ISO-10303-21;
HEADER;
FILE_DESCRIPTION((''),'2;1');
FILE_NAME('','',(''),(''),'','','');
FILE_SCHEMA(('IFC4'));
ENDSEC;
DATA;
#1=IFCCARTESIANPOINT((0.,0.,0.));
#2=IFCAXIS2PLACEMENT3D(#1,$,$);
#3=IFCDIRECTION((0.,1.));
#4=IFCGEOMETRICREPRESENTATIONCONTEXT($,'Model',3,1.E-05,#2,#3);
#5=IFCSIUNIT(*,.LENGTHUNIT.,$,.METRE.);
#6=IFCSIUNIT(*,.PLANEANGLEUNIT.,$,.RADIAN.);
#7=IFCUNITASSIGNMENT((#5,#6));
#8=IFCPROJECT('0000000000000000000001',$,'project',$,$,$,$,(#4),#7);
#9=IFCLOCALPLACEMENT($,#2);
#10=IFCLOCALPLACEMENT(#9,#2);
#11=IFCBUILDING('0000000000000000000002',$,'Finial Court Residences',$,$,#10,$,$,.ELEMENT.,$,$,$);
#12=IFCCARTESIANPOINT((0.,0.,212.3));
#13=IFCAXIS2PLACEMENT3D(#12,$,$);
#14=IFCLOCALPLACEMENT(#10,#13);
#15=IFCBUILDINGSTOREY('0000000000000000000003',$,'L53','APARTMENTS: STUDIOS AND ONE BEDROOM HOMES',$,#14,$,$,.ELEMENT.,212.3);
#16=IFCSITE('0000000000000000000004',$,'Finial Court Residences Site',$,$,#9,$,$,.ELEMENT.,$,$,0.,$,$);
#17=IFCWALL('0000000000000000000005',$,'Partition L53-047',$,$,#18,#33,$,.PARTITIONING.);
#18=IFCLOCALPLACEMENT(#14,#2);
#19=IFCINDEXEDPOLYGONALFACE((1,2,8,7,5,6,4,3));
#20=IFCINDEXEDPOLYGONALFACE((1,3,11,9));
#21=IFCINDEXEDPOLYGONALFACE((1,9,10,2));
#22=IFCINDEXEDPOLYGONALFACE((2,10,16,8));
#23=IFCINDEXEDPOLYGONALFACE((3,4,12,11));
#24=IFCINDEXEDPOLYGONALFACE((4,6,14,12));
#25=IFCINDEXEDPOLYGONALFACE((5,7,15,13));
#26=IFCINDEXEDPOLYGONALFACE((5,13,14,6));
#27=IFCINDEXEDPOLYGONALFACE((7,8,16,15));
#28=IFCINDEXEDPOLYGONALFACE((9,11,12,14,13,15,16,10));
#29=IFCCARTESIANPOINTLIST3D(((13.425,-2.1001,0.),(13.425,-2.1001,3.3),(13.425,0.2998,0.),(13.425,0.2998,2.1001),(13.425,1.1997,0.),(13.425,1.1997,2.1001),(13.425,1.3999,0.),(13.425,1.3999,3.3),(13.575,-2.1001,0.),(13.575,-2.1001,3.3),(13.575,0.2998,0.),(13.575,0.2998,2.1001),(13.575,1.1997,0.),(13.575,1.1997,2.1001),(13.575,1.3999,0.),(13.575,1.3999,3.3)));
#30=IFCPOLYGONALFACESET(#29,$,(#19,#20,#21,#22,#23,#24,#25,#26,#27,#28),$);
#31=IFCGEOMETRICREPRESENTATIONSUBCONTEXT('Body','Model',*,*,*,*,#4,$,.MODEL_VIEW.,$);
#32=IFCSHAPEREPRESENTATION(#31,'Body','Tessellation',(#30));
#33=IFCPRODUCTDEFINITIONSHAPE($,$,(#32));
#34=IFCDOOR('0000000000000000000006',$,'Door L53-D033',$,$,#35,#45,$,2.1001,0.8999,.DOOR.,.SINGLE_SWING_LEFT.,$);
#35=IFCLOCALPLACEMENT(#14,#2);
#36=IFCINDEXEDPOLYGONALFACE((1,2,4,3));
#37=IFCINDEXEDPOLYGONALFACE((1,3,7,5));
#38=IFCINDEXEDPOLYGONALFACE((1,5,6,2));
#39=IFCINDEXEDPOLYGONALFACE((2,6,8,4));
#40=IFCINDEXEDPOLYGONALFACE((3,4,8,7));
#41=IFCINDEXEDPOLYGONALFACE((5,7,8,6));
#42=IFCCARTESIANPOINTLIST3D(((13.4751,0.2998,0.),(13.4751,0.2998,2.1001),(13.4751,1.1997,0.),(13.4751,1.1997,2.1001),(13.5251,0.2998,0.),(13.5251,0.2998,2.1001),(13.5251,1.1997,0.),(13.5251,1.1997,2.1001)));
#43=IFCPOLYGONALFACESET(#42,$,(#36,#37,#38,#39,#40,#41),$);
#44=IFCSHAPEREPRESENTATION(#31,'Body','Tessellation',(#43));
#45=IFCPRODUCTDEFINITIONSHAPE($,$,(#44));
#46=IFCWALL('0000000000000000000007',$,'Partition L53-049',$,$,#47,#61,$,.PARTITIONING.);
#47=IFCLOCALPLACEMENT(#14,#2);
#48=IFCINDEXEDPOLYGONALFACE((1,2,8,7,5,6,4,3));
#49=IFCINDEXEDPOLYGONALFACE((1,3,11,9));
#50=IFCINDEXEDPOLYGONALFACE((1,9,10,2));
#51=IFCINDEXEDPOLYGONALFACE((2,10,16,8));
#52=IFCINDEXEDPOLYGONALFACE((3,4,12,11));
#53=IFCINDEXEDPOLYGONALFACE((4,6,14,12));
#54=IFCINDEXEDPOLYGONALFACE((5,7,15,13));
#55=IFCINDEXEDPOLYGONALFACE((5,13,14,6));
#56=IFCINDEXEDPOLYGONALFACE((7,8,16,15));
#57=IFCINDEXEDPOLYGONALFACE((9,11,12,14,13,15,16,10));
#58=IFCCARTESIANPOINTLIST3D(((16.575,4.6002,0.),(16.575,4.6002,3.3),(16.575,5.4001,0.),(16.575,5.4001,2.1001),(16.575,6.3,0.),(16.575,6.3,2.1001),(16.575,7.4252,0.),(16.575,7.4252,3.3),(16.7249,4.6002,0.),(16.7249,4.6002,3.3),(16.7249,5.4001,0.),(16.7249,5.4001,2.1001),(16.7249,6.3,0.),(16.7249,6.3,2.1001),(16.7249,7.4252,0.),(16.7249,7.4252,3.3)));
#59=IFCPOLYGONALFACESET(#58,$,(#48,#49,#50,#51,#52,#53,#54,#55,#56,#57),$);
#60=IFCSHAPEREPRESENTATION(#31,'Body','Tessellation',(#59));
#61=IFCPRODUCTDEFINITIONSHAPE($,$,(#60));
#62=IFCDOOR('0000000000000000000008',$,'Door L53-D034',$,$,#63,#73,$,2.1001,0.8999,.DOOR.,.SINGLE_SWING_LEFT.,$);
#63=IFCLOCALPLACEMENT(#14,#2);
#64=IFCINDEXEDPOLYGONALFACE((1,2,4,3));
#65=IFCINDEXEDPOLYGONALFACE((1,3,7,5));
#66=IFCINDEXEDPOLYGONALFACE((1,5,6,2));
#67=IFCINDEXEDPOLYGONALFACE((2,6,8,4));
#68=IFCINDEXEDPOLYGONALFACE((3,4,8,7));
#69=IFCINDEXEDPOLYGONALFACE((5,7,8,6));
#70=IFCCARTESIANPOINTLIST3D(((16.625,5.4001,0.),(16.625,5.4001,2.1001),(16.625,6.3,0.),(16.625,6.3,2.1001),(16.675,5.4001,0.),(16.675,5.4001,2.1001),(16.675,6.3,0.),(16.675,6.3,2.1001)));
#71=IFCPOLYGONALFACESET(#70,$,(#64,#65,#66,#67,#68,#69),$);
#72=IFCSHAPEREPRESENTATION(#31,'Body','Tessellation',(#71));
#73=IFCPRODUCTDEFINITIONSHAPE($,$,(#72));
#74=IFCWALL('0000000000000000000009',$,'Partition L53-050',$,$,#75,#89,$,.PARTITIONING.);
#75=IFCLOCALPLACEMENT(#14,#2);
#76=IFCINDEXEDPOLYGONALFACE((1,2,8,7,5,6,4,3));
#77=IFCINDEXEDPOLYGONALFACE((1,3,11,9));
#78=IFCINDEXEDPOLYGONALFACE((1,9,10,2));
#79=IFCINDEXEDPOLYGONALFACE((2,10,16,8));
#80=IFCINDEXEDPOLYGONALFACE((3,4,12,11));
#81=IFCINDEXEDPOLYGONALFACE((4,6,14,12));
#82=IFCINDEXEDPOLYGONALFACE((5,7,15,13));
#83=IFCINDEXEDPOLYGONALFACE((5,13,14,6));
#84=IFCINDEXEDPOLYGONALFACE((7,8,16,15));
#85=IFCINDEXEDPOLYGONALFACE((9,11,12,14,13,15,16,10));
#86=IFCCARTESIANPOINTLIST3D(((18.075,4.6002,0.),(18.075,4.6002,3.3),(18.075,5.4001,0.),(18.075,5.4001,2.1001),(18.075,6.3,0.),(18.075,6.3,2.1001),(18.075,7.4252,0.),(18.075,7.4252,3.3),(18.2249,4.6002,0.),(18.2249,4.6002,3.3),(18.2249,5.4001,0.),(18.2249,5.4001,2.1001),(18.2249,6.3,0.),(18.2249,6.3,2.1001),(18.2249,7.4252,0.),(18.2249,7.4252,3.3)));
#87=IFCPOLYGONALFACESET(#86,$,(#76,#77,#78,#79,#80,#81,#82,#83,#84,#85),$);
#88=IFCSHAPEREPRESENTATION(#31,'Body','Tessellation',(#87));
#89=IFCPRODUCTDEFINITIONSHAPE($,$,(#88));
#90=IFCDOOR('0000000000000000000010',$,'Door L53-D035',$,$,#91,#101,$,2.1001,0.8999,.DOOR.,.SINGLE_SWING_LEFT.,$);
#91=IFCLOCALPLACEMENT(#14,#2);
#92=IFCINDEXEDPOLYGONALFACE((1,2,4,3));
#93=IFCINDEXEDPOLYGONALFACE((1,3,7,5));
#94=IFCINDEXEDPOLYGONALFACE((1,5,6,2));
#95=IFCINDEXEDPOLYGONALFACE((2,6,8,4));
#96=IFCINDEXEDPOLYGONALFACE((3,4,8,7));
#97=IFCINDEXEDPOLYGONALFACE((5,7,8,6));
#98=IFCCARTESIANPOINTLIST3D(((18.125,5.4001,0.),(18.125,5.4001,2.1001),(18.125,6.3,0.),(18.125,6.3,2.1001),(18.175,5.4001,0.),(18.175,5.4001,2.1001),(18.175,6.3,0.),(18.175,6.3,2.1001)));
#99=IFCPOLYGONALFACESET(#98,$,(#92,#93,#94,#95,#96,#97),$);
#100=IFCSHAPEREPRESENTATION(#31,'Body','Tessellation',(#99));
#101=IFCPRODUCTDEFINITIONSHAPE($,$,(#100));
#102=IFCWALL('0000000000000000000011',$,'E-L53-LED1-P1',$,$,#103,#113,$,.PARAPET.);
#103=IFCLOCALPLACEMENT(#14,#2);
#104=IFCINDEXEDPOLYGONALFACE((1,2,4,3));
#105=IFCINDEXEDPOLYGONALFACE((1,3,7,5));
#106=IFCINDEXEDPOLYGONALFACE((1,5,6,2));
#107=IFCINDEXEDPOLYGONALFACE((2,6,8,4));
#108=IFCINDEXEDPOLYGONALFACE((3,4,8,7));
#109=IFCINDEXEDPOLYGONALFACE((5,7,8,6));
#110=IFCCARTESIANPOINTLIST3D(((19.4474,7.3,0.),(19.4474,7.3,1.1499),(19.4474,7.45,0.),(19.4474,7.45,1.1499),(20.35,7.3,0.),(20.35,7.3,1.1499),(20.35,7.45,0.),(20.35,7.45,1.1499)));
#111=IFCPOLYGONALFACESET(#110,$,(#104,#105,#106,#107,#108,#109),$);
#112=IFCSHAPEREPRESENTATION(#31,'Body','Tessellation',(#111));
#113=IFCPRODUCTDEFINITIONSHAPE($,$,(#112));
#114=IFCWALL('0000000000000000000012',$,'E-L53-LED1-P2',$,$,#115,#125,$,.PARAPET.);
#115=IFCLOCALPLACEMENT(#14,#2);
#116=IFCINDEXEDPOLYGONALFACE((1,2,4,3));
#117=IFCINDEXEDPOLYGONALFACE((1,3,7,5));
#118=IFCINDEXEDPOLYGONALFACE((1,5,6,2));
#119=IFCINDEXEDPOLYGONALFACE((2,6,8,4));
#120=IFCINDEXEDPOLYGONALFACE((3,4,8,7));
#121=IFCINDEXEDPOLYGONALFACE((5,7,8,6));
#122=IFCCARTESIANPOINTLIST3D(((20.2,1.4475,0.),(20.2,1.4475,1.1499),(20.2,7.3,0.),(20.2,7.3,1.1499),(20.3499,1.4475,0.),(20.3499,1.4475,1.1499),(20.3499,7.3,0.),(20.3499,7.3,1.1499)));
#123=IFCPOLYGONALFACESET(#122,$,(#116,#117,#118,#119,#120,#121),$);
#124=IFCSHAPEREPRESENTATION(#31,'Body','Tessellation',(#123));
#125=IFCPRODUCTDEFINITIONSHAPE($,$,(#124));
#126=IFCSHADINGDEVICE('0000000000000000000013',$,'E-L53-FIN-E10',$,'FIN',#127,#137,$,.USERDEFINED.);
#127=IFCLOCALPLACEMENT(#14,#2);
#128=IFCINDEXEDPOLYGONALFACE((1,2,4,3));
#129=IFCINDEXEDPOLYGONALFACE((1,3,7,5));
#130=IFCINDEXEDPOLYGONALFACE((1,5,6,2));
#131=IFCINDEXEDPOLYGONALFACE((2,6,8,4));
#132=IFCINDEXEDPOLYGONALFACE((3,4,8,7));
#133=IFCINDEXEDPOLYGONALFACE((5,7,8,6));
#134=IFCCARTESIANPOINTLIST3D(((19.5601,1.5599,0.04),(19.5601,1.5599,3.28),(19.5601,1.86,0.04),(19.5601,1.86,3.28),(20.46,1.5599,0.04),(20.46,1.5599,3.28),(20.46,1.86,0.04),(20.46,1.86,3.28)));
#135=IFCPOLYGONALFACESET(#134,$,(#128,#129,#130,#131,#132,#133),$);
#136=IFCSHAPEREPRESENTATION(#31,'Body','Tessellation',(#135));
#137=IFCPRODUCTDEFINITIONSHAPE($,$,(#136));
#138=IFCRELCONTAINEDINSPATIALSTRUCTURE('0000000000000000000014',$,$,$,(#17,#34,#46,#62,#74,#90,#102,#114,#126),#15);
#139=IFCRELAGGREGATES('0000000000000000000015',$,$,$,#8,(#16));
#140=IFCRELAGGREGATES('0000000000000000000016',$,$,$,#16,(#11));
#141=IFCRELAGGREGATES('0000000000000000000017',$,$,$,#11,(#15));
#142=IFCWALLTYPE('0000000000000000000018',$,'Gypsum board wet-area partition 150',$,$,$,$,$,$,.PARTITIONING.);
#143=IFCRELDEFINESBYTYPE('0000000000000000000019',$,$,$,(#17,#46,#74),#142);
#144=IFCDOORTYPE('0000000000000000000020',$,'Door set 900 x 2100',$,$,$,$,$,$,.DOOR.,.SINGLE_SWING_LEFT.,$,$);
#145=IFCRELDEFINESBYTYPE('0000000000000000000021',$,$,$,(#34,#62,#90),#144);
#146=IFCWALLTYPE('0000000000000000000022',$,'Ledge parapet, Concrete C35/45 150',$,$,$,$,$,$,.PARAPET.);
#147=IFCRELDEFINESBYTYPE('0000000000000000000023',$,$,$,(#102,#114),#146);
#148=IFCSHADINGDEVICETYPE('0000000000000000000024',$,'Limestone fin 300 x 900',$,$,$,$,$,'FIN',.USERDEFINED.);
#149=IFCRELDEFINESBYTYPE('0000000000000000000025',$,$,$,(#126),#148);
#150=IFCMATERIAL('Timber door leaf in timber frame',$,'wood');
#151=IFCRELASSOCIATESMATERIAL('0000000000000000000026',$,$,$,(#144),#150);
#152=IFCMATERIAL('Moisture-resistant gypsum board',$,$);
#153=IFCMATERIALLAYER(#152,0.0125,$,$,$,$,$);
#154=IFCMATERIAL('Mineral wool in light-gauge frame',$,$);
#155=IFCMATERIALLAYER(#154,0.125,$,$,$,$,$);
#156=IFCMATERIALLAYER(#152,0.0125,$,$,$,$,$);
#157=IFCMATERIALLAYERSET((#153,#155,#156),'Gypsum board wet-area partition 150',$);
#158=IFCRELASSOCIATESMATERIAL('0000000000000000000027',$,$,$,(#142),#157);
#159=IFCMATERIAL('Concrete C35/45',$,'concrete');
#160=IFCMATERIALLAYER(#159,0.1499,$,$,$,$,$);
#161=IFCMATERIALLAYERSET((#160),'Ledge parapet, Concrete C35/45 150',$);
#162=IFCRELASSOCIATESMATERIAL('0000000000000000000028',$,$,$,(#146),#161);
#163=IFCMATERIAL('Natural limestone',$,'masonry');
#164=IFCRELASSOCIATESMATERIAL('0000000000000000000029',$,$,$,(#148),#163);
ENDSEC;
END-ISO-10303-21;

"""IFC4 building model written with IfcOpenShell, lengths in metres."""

from ifc_helpers import new_model, si_unit, direction, frame, frame_2d, origin, origin_2d, place, context, subcontext, project, spatial, rectangle, extrude, material, layer, layer_set, type_object, element, fill, save


model = new_model("IFC4")

# Units and contexts
model_context = context("Model", 3, precision=1e-05, world=origin(), true_north=direction((0.0, 1.0)))
body_context = subcontext(model_context, "Body", "Model", "MODEL_VIEW")
ifc_project = project(units=[si_unit("LENGTHUNIT", "METRE"), si_unit("PLANEANGLEUNIT", "RADIAN")], contexts=[model_context])

# Site, building, storey
site_placement = place(None, origin())
site = spatial("IfcSite", under=ifc_project, at=site_placement, Name="Finial Court Residences Site", CompositionType="ELEMENT", RefElevation=0.0)
building_placement = place(site_placement, origin())
building = spatial("IfcBuilding", under=site, at=building_placement, Name="Finial Court Residences", CompositionType="ELEMENT")
storey_placement = place(building_placement, frame((0.0, 0.0, 212.3)))
storey = spatial("IfcBuildingStorey", under=building, at=storey_placement, Name="L53", Description="APARTMENTS: STUDIOS AND ONE BEDROOM HOMES", CompositionType="ELEMENT", Elevation=212.3)

# Shared definitions
ifc_material_1 = material(Name="Mineral wool in light-gauge frame")
ifc_material_2 = material(Name="Timber door leaf in timber frame", Category="wood")
door_type = type_object("IfcDoorType", Name="Door set 900 x 2100", OperationType="SINGLE_SWING_LEFT", PredefinedType="DOOR", material=ifc_material_2)

# Shared definitions
ifc_material_3 = material(Name="Moisture-resistant gypsum board")
ifc_layer_1 = layer(ifc_material_3, 0.0125)
ifc_layer_2 = layer(ifc_material_1, 0.125)
ifc_layer_3 = layer(ifc_material_3, 0.0125)
ifc_layer_set_1 = layer_set([ifc_layer_1, ifc_layer_2, ifc_layer_3], Name="Gypsum board wet-area partition 150")
wall_type_1 = type_object("IfcWallType", Name="Gypsum board wet-area partition 150", PredefinedType="PARTITIONING", material=ifc_layer_set_1)

# Walls, openings, doors
wall_1_placement = place(storey_placement, frame((13.5, -2.1001, 0.0), z_axis=(0.0, 0.0, 1.0), x_axis=(0.0, 1.0, 0.0)))
wall_1 = element("IfcWall", 1, at=wall_1_placement, inside=storey, type_object=wall_type_1, Name="Partition L53-047", PredefinedType="PARTITIONING", context=body_context, shape_type="SweptSolid", body=[
    extrude(rectangle(XDim=3.5, YDim=0.1499, at=frame_2d((1.75, 0.0))), origin(), (0.0, 0.0, 1.0), 3.3),
])
opening_1_placement = place(wall_1_placement, frame((2.3999, 0.0, 0.0)))
opening_1 = element("IfcOpeningElement", 2, at=opening_1_placement, cuts=wall_1, PredefinedType="OPENING", context=body_context, shape_type="SweptSolid", body=[
    extrude(rectangle(XDim=0.8999, YDim=2.1001, at=frame_2d((0.45, 1.05))), frame((0.0, 0.085, 0.0), z_axis=(0.0, -1.0, 0.0), x_axis=(1.0, 0.0, 0.0)), (0.0, 0.0, 1.0), 0.1699),
])
door_1_placement = place(opening_1_placement, origin())
door_1 = element("IfcDoor", 3, at=door_1_placement, inside=storey, type_object=door_type, Name="Door L53-D033", OperationType="SINGLE_SWING_LEFT", OverallHeight=2.1001, OverallWidth=0.8999, PredefinedType="DOOR", context=body_context, shape_type="SweptSolid", body=[
    extrude(rectangle(XDim=0.8999, YDim=2.1001, at=frame_2d((0.45, 1.05))), frame((0.0, 0.0249, 0.0), z_axis=(0.0, -1.0, 0.0), x_axis=(1.0, 0.0, 0.0)), (0.0, 0.0, 1.0), 0.05),
])
fill(opening_1, door_1)
wall_2_placement = place(storey_placement, frame((16.6499, 4.6001, 0.0), z_axis=(0.0, 0.0, 1.0), x_axis=(0.0, 1.0, 0.0)))
wall_2 = element("IfcWall", 4, at=wall_2_placement, inside=storey, type_object=wall_type_1, Name="Partition L53-049", PredefinedType="PARTITIONING", context=body_context, shape_type="SweptSolid", body=[
    extrude(rectangle(XDim=2.825, YDim=0.1499, at=frame_2d((1.4126, 0.0))), origin(), (0.0, 0.0, 1.0), 3.3),
])
opening_2_placement = place(wall_2_placement, frame((0.8, 0.0, 0.0)))
opening_2 = element("IfcOpeningElement", 5, at=opening_2_placement, cuts=wall_2, PredefinedType="OPENING", context=body_context, shape_type="SweptSolid", body=[
    extrude(rectangle(XDim=0.8999, YDim=2.1001, at=frame_2d((0.45, 1.05))), frame((0.0, 0.085, 0.0), z_axis=(0.0, -1.0, 0.0), x_axis=(1.0, 0.0, 0.0)), (0.0, 0.0, 1.0), 0.1699),
])
door_2_placement = place(opening_2_placement, origin())
door_2 = element("IfcDoor", 6, at=door_2_placement, inside=storey, type_object=door_type, Name="Door L53-D034", OperationType="SINGLE_SWING_LEFT", OverallHeight=2.1001, OverallWidth=0.8999, PredefinedType="DOOR", context=body_context, shape_type="SweptSolid", body=[
    extrude(rectangle(XDim=0.8999, YDim=2.1001, at=frame_2d((0.45, 1.05))), frame((0.0, 0.0249, 0.0), z_axis=(0.0, -1.0, 0.0), x_axis=(1.0, 0.0, 0.0)), (0.0, 0.0, 1.0), 0.05),
])
fill(opening_2, door_2)
wall_3_placement = place(storey_placement, frame((18.1499, 4.6001, 0.0), z_axis=(0.0, 0.0, 1.0), x_axis=(0.0, 1.0, 0.0)))
wall_3 = element("IfcWall", 7, at=wall_3_placement, inside=storey, type_object=wall_type_1, Name="Partition L53-050", PredefinedType="PARTITIONING", context=body_context, shape_type="SweptSolid", body=[
    extrude(rectangle(XDim=2.825, YDim=0.1499, at=frame_2d((1.4126, 0.0))), origin(), (0.0, 0.0, 1.0), 3.3),
])
opening_3_placement = place(wall_3_placement, frame((0.8, 0.0, 0.0)))
opening_3 = element("IfcOpeningElement", 8, at=opening_3_placement, cuts=wall_3, PredefinedType="OPENING", context=body_context, shape_type="SweptSolid", body=[
    extrude(rectangle(XDim=0.8999, YDim=2.1001, at=frame_2d((0.45, 1.05))), frame((0.0, 0.085, 0.0), z_axis=(0.0, -1.0, 0.0), x_axis=(1.0, 0.0, 0.0)), (0.0, 0.0, 1.0), 0.1699),
])
door_3_placement = place(opening_3_placement, origin())
door_3 = element("IfcDoor", 9, at=door_3_placement, inside=storey, type_object=door_type, Name="Door L53-D035", OperationType="SINGLE_SWING_LEFT", OverallHeight=2.1001, OverallWidth=0.8999, PredefinedType="DOOR", context=body_context, shape_type="SweptSolid", body=[
    extrude(rectangle(XDim=0.8999, YDim=2.1001, at=frame_2d((0.45, 1.05))), frame((0.0, 0.0249, 0.0), z_axis=(0.0, -1.0, 0.0), x_axis=(1.0, 0.0, 0.0)), (0.0, 0.0, 1.0), 0.05),
])
fill(opening_3, door_3)

# Walls
ifc_material_4 = material(Name="Concrete C35/45", Category="concrete")
ifc_layer_4 = layer(ifc_material_4, 0.1499)
ifc_layer_set_2 = layer_set([ifc_layer_4], Name="Ledge parapet, Concrete C35/45 150")
wall_type_2 = type_object("IfcWallType", Name="Ledge parapet, Concrete C35/45 150", PredefinedType="PARAPET", material=ifc_layer_set_2)
wall_4_placement = place(storey_placement, frame((19.4475, 7.375, 0.0), z_axis=(0.0, 0.0, 1.0), x_axis=(1.0, 0.0, 0.0)))
element("IfcWall", 10, at=wall_4_placement, inside=storey, type_object=wall_type_2, Name="E-L53-LED1-P1", PredefinedType="PARAPET", context=body_context, shape_type="SweptSolid", body=[
    extrude(rectangle(XDim=0.9026, YDim=0.1499, at=frame_2d((0.4512, 0.0))), origin(), (0.0, 0.0, 1.0), 1.1499),
])
wall_5_placement = place(storey_placement, frame((20.2749, 7.3, 0.0), z_axis=(0.0, 0.0, 1.0), x_axis=(0.0, -1.0, 0.0)))
element("IfcWall", 11, at=wall_5_placement, inside=storey, type_object=wall_type_2, Name="E-L53-LED1-P2", PredefinedType="PARAPET", context=body_context, shape_type="SweptSolid", body=[
    extrude(rectangle(XDim=5.8525, YDim=0.1499, at=frame_2d((2.9263, 0.0))), origin(), (0.0, 0.0, 1.0), 1.1499),
])

# Shading device
ifc_material_5 = material(Name="Natural limestone", Category="masonry")
shading_device_type = type_object("IfcShadingDeviceType", Name="Limestone fin 300 x 900", ElementType="FIN", PredefinedType="USERDEFINED", material=ifc_material_5)
shading_device_placement = place(storey_placement, frame((20.01, 1.71, 0.04), z_axis=(0.0, 0.0, 1.0), x_axis=(1.0, 0.0, 0.0)))
element("IfcShadingDevice", 12, at=shading_device_placement, inside=storey, type_object=shading_device_type, Name="E-L53-FIN-E10", ObjectType="FIN", PredefinedType="USERDEFINED", context=body_context, shape_type="SweptSolid", body=[
    extrude(rectangle(XDim=0.8999, YDim=0.3, at=origin_2d()), origin(), (0.0, 0.0, 1.0), 3.24),
])

save(model, "model.ifc")
